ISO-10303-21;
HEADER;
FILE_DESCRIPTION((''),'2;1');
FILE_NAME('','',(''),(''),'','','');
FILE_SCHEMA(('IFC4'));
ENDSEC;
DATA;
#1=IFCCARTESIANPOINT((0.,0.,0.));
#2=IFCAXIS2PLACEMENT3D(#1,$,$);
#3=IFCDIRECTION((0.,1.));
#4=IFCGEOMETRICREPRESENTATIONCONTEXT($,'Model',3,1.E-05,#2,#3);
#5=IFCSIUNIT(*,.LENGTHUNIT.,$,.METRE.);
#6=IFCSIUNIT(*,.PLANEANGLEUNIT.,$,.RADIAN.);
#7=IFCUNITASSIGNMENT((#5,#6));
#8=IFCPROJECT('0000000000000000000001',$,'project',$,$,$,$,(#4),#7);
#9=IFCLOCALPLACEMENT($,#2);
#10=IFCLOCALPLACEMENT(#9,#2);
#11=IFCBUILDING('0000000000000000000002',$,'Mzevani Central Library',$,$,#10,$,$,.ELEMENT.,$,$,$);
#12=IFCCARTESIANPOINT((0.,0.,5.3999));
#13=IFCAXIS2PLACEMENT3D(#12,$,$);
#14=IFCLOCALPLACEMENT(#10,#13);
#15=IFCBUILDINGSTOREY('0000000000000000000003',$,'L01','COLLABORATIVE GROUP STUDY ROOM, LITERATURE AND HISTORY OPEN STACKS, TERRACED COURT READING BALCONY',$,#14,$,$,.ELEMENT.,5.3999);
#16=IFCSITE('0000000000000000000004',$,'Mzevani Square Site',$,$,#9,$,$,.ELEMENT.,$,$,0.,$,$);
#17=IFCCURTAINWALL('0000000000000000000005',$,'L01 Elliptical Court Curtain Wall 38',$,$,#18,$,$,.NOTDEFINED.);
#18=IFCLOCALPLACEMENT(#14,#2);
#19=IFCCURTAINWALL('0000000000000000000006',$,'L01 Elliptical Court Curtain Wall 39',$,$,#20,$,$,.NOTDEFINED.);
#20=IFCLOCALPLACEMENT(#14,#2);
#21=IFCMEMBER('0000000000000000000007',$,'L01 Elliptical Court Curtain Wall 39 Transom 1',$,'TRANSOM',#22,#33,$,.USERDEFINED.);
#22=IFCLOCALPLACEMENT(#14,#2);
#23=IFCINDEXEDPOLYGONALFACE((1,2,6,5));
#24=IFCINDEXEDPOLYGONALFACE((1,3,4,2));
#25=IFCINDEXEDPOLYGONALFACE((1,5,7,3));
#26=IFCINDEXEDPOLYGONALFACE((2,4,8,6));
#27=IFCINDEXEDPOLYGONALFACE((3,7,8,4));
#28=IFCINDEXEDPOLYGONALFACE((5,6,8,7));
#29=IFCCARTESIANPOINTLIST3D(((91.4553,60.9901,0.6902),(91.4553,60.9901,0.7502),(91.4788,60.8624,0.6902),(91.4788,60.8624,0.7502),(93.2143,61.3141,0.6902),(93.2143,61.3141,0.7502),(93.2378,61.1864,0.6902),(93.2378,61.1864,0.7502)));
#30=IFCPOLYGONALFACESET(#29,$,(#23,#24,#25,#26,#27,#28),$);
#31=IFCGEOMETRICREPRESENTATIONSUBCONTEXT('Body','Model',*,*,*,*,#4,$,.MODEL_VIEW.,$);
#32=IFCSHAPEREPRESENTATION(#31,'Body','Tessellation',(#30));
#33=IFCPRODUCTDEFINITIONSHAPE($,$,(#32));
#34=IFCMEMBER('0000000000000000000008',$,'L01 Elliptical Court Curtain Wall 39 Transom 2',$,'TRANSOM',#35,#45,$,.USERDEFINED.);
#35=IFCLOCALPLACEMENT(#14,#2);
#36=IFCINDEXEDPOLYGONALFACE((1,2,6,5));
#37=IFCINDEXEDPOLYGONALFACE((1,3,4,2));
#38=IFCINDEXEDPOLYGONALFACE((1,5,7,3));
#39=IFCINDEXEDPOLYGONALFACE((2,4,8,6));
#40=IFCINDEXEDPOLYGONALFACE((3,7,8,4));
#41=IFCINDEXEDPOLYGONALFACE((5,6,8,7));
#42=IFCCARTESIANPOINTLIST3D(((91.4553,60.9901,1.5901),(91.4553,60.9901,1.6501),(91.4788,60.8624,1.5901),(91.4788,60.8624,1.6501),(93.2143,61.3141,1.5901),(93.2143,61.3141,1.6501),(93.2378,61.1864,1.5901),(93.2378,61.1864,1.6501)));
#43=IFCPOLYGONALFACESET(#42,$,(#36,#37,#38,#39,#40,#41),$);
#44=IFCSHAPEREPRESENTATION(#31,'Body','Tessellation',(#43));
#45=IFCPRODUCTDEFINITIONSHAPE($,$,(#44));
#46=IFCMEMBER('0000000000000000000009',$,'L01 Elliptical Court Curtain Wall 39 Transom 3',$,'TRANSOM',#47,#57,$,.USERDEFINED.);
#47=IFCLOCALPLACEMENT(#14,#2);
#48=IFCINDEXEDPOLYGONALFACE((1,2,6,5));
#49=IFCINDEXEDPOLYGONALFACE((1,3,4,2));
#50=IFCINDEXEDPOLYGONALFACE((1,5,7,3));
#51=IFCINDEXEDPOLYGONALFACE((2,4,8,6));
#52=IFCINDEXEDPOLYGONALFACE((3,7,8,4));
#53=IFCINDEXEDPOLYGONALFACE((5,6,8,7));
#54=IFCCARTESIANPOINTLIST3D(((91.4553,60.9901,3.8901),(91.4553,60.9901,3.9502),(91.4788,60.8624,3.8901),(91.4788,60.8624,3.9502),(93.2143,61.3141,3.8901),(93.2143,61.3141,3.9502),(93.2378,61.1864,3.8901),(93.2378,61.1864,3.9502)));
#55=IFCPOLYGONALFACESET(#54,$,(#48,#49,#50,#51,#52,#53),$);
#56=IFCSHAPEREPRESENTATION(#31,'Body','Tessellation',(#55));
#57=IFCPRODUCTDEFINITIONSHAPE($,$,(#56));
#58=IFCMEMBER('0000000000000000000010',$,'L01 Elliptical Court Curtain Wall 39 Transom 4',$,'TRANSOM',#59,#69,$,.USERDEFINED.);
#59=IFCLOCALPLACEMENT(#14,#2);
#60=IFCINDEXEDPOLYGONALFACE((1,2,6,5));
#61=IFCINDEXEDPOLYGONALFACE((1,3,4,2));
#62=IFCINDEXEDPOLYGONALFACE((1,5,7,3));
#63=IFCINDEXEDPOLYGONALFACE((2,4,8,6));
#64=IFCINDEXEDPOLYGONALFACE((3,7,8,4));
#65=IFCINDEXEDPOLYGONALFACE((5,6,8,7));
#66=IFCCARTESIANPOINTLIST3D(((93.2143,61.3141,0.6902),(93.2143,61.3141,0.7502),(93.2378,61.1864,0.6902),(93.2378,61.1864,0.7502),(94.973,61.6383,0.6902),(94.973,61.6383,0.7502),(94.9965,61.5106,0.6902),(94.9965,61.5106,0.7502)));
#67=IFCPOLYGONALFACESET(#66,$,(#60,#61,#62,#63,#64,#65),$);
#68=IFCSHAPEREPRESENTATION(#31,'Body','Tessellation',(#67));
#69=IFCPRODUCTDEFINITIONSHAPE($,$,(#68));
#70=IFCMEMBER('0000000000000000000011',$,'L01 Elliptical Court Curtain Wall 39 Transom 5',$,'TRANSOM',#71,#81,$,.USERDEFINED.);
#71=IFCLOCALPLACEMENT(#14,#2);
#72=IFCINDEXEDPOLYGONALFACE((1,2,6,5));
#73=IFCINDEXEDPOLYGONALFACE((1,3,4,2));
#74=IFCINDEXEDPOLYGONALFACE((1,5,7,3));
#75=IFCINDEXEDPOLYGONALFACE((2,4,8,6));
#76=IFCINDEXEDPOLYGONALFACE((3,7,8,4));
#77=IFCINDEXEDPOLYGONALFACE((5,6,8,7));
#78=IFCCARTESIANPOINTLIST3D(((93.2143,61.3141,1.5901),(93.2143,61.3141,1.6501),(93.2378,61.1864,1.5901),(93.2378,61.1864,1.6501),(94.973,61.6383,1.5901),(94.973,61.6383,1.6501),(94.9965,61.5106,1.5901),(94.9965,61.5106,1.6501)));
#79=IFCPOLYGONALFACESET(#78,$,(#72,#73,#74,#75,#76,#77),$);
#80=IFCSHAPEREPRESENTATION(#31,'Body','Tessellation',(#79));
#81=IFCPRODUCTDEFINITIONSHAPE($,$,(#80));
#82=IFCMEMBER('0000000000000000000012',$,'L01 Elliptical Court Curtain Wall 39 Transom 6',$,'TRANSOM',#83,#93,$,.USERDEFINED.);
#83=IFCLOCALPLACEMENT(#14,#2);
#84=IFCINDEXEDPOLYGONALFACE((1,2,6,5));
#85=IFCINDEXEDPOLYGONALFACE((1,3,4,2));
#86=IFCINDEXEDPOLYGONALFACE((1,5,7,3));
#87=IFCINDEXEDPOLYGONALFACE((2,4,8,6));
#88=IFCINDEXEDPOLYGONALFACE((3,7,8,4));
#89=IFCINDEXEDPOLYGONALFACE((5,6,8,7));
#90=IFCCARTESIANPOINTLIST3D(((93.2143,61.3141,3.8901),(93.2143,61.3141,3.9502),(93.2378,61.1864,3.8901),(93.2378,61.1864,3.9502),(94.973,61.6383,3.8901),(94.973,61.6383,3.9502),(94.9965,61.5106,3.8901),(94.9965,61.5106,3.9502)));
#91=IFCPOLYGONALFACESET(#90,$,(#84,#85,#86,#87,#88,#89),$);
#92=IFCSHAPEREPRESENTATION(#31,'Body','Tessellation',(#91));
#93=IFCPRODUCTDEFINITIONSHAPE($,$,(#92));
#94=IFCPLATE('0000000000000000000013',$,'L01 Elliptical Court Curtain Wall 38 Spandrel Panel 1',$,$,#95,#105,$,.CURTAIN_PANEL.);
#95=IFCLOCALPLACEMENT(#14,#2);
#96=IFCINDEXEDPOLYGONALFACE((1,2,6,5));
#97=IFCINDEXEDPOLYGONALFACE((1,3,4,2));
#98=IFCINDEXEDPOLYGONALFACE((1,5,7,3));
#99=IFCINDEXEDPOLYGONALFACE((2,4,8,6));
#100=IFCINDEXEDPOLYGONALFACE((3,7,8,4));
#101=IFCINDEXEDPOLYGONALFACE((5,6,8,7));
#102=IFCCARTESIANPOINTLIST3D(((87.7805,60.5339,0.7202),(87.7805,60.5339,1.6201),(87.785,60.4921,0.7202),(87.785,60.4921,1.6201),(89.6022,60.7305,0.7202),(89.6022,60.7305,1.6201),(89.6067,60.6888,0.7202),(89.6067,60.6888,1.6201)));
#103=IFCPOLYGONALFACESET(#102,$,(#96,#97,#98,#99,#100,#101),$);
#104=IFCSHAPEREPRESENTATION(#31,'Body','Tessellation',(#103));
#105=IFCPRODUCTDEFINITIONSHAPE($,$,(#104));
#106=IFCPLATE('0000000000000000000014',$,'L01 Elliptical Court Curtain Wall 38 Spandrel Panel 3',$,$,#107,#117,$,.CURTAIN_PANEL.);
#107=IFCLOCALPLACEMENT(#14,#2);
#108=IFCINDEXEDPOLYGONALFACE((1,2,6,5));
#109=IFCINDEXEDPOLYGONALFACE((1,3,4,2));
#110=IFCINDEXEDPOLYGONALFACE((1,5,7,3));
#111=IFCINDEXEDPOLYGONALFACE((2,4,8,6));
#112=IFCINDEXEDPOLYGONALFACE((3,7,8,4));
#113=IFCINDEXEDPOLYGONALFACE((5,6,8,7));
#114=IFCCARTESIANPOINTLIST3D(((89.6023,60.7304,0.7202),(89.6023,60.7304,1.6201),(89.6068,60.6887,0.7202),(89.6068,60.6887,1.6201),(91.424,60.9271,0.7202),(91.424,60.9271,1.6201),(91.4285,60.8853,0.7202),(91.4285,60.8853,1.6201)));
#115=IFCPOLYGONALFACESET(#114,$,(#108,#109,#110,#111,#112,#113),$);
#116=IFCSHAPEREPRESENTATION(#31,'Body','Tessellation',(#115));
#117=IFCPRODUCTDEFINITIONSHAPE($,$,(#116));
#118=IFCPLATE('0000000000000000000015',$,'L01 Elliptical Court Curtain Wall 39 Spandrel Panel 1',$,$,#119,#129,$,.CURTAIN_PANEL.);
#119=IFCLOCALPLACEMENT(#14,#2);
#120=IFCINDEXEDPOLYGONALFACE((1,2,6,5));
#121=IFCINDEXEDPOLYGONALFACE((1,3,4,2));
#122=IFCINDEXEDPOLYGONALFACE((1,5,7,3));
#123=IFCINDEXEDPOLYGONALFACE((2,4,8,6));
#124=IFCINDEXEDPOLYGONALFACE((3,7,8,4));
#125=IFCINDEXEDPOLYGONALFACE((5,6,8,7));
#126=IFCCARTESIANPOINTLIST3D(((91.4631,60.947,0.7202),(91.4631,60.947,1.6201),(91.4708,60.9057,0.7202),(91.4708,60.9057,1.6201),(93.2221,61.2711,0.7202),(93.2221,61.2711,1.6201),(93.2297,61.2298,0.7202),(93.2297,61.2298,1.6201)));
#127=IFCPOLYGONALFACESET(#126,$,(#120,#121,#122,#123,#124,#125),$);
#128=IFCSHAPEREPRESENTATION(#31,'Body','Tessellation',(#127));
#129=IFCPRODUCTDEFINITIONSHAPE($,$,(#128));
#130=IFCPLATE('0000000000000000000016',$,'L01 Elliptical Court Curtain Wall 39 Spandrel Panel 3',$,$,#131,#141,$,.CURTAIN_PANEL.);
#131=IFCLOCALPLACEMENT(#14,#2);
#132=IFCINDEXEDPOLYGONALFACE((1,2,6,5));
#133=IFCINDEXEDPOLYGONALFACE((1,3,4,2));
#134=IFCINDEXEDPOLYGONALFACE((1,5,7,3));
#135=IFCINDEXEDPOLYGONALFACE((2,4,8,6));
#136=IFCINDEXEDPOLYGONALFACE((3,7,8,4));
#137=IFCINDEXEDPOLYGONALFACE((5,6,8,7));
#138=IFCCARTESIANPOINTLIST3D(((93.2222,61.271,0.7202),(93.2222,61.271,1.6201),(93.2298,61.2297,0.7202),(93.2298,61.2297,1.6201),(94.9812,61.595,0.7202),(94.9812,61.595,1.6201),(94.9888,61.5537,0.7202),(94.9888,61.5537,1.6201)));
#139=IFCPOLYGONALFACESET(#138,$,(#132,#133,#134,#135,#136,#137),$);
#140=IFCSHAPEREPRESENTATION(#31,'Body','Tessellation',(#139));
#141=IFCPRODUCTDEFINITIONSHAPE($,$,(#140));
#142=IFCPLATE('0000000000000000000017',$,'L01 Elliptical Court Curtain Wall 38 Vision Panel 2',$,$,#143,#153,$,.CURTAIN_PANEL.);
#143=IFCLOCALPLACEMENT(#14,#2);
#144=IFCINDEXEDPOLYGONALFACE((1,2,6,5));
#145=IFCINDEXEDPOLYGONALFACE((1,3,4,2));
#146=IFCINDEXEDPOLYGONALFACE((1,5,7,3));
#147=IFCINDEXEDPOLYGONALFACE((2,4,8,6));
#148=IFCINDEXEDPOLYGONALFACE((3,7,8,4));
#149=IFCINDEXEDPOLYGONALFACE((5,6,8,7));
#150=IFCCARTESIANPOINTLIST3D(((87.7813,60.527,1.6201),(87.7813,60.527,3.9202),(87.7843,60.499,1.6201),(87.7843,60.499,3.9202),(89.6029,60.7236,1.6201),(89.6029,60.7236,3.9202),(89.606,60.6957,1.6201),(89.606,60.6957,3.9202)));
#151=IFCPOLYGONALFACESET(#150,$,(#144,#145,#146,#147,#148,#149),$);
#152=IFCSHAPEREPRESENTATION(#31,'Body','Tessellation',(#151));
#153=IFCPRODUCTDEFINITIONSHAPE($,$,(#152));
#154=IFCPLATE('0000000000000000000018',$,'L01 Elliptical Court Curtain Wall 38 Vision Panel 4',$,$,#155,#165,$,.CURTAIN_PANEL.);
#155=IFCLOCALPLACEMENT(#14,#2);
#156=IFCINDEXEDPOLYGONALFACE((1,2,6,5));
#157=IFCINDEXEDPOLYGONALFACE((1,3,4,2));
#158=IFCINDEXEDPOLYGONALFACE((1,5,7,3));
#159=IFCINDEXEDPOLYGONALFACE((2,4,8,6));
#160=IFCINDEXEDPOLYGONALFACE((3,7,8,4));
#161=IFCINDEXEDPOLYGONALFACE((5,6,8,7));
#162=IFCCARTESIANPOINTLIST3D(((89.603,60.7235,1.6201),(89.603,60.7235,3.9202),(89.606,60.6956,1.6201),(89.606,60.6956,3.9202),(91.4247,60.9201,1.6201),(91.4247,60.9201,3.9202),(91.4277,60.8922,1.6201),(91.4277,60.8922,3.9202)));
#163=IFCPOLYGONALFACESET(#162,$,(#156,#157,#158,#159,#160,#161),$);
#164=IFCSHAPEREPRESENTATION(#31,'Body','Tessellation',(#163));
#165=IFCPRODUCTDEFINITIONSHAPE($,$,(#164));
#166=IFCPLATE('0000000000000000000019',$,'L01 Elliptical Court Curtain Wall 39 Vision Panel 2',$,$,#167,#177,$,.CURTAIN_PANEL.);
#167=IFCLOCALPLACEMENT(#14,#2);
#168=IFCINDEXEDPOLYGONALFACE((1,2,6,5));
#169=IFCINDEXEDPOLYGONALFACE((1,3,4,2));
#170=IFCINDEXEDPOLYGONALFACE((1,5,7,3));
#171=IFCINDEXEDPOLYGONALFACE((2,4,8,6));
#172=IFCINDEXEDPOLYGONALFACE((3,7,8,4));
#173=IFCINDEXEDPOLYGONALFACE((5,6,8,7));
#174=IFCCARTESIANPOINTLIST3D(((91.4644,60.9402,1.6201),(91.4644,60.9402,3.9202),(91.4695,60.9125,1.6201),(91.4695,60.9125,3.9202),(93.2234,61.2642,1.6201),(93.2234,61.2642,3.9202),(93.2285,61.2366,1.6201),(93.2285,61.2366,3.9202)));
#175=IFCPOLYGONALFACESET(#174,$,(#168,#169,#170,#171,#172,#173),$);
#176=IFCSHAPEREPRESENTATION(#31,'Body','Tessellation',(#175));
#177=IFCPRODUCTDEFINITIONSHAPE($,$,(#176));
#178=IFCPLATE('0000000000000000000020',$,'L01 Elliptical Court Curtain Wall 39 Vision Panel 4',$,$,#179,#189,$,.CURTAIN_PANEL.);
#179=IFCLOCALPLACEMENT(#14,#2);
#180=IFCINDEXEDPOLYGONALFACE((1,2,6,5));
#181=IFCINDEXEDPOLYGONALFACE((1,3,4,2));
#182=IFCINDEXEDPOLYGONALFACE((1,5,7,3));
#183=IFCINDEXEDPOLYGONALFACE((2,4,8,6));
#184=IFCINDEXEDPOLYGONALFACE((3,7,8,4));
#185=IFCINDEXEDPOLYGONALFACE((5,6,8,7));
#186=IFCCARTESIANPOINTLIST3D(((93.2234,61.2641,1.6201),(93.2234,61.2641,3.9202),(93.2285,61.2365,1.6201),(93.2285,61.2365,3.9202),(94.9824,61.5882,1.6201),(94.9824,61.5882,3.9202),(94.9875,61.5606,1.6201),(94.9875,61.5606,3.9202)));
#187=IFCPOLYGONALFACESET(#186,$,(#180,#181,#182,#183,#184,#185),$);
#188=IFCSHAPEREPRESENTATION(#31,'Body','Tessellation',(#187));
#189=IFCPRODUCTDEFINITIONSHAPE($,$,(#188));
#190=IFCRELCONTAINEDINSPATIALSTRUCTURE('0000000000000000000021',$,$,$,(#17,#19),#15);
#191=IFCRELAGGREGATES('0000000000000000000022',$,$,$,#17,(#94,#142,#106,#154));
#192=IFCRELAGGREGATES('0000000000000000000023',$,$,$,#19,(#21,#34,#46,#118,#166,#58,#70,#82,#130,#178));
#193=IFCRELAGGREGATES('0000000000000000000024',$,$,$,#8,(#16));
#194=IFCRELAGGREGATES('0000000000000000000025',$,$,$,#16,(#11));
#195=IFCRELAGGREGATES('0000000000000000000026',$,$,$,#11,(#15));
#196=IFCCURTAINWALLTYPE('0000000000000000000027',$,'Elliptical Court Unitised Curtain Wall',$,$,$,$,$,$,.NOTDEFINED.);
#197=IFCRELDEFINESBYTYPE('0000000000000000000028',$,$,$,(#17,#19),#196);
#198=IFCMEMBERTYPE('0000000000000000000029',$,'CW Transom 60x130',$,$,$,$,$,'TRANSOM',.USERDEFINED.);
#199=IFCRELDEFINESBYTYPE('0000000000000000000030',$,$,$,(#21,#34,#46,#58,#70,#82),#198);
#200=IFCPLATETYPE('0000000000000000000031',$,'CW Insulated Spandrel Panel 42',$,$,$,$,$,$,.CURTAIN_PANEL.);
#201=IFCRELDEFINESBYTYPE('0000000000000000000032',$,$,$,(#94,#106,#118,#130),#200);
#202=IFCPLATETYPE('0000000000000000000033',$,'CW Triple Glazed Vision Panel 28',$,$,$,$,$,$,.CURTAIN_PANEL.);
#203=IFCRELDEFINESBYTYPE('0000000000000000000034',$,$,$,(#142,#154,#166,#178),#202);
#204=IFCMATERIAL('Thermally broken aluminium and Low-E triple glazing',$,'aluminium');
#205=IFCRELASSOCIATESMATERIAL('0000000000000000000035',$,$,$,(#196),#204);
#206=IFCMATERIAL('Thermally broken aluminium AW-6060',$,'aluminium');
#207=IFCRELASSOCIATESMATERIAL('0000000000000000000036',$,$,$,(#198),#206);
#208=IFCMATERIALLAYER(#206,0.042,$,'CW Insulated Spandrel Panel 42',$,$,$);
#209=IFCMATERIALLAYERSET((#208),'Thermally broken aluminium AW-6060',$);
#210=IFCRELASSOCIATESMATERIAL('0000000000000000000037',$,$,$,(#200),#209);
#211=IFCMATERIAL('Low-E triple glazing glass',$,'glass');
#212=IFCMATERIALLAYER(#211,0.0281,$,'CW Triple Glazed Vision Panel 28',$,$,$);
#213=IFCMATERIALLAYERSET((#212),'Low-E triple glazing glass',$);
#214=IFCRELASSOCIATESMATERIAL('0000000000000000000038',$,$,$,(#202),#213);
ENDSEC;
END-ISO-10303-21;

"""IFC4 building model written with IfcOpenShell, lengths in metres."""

from ifc_helpers import new_model, si_unit, direction, frame, origin, origin_2d, place, context, subcontext, project, spatial, rectangle, extrude, material, layer, layer_set, material_profile, profile_set, type_object, element, aggregate, save


model = new_model("IFC4")

# Units and contexts
model_context = context("Model", 3, precision=1e-05, world=origin(), true_north=direction((0.0, 1.0)))
body_context = subcontext(model_context, "Body", "Model", "MODEL_VIEW")
ifc_project = project(units=[si_unit("LENGTHUNIT", "METRE"), si_unit("PLANEANGLEUNIT", "RADIAN")], contexts=[model_context])

# Site, building, storey
site_placement = place(None, origin())
site = spatial("IfcSite", under=ifc_project, at=site_placement, Name="Mzevani Square Site", CompositionType="ELEMENT", RefElevation=0.0)
building_placement = place(site_placement, origin())
building = spatial("IfcBuilding", under=site, at=building_placement, Name="Mzevani Central Library", CompositionType="ELEMENT")
storey_placement = place(building_placement, frame((0.0, 0.0, 5.3999)))
storey = spatial("IfcBuildingStorey", under=building, at=storey_placement, Name="L01", Description="COLLABORATIVE GROUP STUDY ROOM, LITERATURE AND HISTORY OPEN STACKS, TERRACED COURT READING BALCONY", CompositionType="ELEMENT", Elevation=5.3999)

# Curtain walls
ifc_material_1 = material(Name="Thermally broken aluminium and Low-E triple glazing", Category="aluminium")
curtain_wall_type_1 = type_object("IfcCurtainWallType", Name="Elliptical Court Unitised Curtain Wall", PredefinedType="NOTDEFINED", material=ifc_material_1)
curtain_wall_1_placement = place(storey_placement, origin())
curtain_wall_1 = element("IfcCurtainWall", 1, at=curtain_wall_1_placement, inside=storey, type_object=curtain_wall_type_1, Name="L01 Elliptical Court Curtain Wall 38", PredefinedType="NOTDEFINED")
ifc_material_2 = material(Name="Thermally broken aluminium AW-6060", Category="aluminium")
curtain_wall_2_placement = place(storey_placement, origin())
curtain_wall_2 = element("IfcCurtainWall", 2, at=curtain_wall_2_placement, inside=storey, type_object=curtain_wall_type_1, Name="L01 Elliptical Court Curtain Wall 39", PredefinedType="NOTDEFINED")

# Members
ifc_material_profile_1 = material_profile(ifc_material_2, rectangle(XDim=0.1299, YDim=0.0601, at=origin_2d()), Name="ALU T60x130")
ifc_profile_set_1 = profile_set([ifc_material_profile_1], Name="Thermally broken aluminium AW-6060")
member_type_1 = type_object("IfcMemberType", Name="CW Transom 60x130", ElementType="TRANSOM", PredefinedType="USERDEFINED", material=ifc_profile_set_1)
member_1_placement = place(storey_placement, frame((91.467, 60.9263, 0.7202), z_axis=(0.983459, 0.181131, 0.0), x_axis=(-0.181131, 0.983459, 0.0)))
member_1 = element("IfcMember", 3, at=member_1_placement, type_object=member_type_1, Name="L01 Elliptical Court Curtain Wall 39 Transom 1", ObjectType="TRANSOM", PredefinedType="USERDEFINED", context=body_context, shape_type="SweptSolid", body=[
    extrude(rectangle(XDim=0.1299, YDim=0.0601, at=origin_2d()), origin(), (0.0, 0.0, 1.0), 1.7886),
])
member_2_placement = place(storey_placement, frame((91.467, 60.9263, 1.6201), z_axis=(0.983459, 0.181131, 0.0), x_axis=(-0.181131, 0.983459, 0.0)))
member_2 = element("IfcMember", 4, at=member_2_placement, type_object=member_type_1, Name="L01 Elliptical Court Curtain Wall 39 Transom 2", ObjectType="TRANSOM", PredefinedType="USERDEFINED", context=body_context, shape_type="SweptSolid", body=[
    extrude(rectangle(XDim=0.1299, YDim=0.0601, at=origin_2d()), origin(), (0.0, 0.0, 1.0), 1.7886),
])
member_3_placement = place(storey_placement, frame((91.467, 60.9263, 3.9202), z_axis=(0.983459, 0.181131, 0.0), x_axis=(-0.181131, 0.983459, 0.0)))
member_3 = element("IfcMember", 5, at=member_3_placement, type_object=member_type_1, Name="L01 Elliptical Court Curtain Wall 39 Transom 3", ObjectType="TRANSOM", PredefinedType="USERDEFINED", context=body_context, shape_type="SweptSolid", body=[
    extrude(rectangle(XDim=0.1299, YDim=0.0601, at=origin_2d()), origin(), (0.0, 0.0, 1.0), 1.7886),
])
member_4_placement = place(storey_placement, frame((93.2261, 61.2502, 0.7202), z_axis=(0.98343, 0.181288, 0.0), x_axis=(-0.181288, 0.98343, 0.0)))
member_4 = element("IfcMember", 6, at=member_4_placement, type_object=member_type_1, Name="L01 Elliptical Court Curtain Wall 39 Transom 4", ObjectType="TRANSOM", PredefinedType="USERDEFINED", context=body_context, shape_type="SweptSolid", body=[
    extrude(rectangle(XDim=0.1299, YDim=0.0601, at=origin_2d()), origin(), (0.0, 0.0, 1.0), 1.7883),
])
member_5_placement = place(storey_placement, frame((93.2261, 61.2502, 1.6201), z_axis=(0.98343, 0.181288, 0.0), x_axis=(-0.181288, 0.98343, 0.0)))
member_5 = element("IfcMember", 7, at=member_5_placement, type_object=member_type_1, Name="L01 Elliptical Court Curtain Wall 39 Transom 5", ObjectType="TRANSOM", PredefinedType="USERDEFINED", context=body_context, shape_type="SweptSolid", body=[
    extrude(rectangle(XDim=0.1299, YDim=0.0601, at=origin_2d()), origin(), (0.0, 0.0, 1.0), 1.7883),
])
member_6_placement = place(storey_placement, frame((93.2261, 61.2502, 3.9202), z_axis=(0.98343, 0.181288, 0.0), x_axis=(-0.181288, 0.98343, 0.0)))
member_6 = element("IfcMember", 8, at=member_6_placement, type_object=member_type_1, Name="L01 Elliptical Court Curtain Wall 39 Transom 6", ObjectType="TRANSOM", PredefinedType="USERDEFINED", context=body_context, shape_type="SweptSolid", body=[
    extrude(rectangle(XDim=0.1299, YDim=0.0601, at=origin_2d()), origin(), (0.0, 0.0, 1.0), 1.7883),
])

# Plates
ifc_layer_1 = layer(ifc_material_2, 0.042, Name="CW Insulated Spandrel Panel 42")
ifc_layer_set_1 = layer_set([ifc_layer_1], Name="Thermally broken aluminium AW-6060")
plate_type_1 = type_object("IfcPlateType", Name="CW Insulated Spandrel Panel 42", PredefinedType="CURTAIN_PANEL", material=ifc_layer_set_1)
plate_1_placement = place(storey_placement, frame((88.6936, 60.6113, 0.7202), z_axis=(0.0, 0.0, 1.0), x_axis=(0.994224, 0.107323, 0.0)))
plate_1 = element("IfcPlate", 9, at=plate_1_placement, type_object=plate_type_1, Name="L01 Elliptical Court Curtain Wall 38 Spandrel Panel 1", PredefinedType="CURTAIN_PANEL", context=body_context, shape_type="SweptSolid", body=[
    extrude(rectangle(XDim=1.8323, YDim=0.042, at=origin_2d()), origin(), (0.0, 0.0, 1.0), 0.8999),
])
plate_2_placement = place(storey_placement, frame((90.5154, 60.8079, 0.7202), z_axis=(0.0, 0.0, 1.0), x_axis=(0.994224, 0.107323, 0.0)))
plate_2 = element("IfcPlate", 10, at=plate_2_placement, type_object=plate_type_1, Name="L01 Elliptical Court Curtain Wall 38 Spandrel Panel 3", PredefinedType="CURTAIN_PANEL", context=body_context, shape_type="SweptSolid", body=[
    extrude(rectangle(XDim=1.8323, YDim=0.042, at=origin_2d()), origin(), (0.0, 0.0, 1.0), 0.8999),
])
plate_3_placement = place(storey_placement, frame((92.3464, 61.0884, 0.7202), z_axis=(0.0, 0.0, 1.0), x_axis=(0.983449, 0.181185, 0.0)))
plate_3 = element("IfcPlate", 11, at=plate_3_placement, type_object=plate_type_1, Name="L01 Elliptical Court Curtain Wall 39 Spandrel Panel 1", PredefinedType="CURTAIN_PANEL", context=body_context, shape_type="SweptSolid", body=[
    extrude(rectangle(XDim=1.7886, YDim=0.042, at=origin_2d()), origin(), (0.0, 0.0, 1.0), 0.8999),
])
plate_4_placement = place(storey_placement, frame((94.1055, 61.4124, 0.7202), z_axis=(0.0, 0.0, 1.0), x_axis=(0.983449, 0.181185, 0.0)))
plate_4 = element("IfcPlate", 12, at=plate_4_placement, type_object=plate_type_1, Name="L01 Elliptical Court Curtain Wall 39 Spandrel Panel 3", PredefinedType="CURTAIN_PANEL", context=body_context, shape_type="SweptSolid", body=[
    extrude(rectangle(XDim=1.7886, YDim=0.042, at=origin_2d()), origin(), (0.0, 0.0, 1.0), 0.8999),
])
ifc_material_3 = material(Name="Low-E triple glazing glass", Category="glass")
ifc_layer_2 = layer(ifc_material_3, 0.0281, Name="CW Triple Glazed Vision Panel 28")
ifc_layer_set_2 = layer_set([ifc_layer_2], Name="Low-E triple glazing glass")
plate_type_2 = type_object("IfcPlateType", Name="CW Triple Glazed Vision Panel 28", PredefinedType="CURTAIN_PANEL", material=ifc_layer_set_2)
plate_5_placement = place(storey_placement, frame((88.6936, 60.6113, 1.6201), z_axis=(0.0, 0.0, 1.0), x_axis=(0.994224, 0.107323, 0.0)))
plate_5 = element("IfcPlate", 13, at=plate_5_placement, type_object=plate_type_2, Name="L01 Elliptical Court Curtain Wall 38 Vision Panel 2", PredefinedType="CURTAIN_PANEL", context=body_context, shape_type="SweptSolid", body=[
    extrude(rectangle(XDim=1.8323, YDim=0.0281, at=origin_2d()), origin(), (0.0, 0.0, 1.0), 2.3),
])
plate_6_placement = place(storey_placement, frame((90.5154, 60.8079, 1.6201), z_axis=(0.0, 0.0, 1.0), x_axis=(0.994224, 0.107323, 0.0)))
plate_6 = element("IfcPlate", 14, at=plate_6_placement, type_object=plate_type_2, Name="L01 Elliptical Court Curtain Wall 38 Vision Panel 4", PredefinedType="CURTAIN_PANEL", context=body_context, shape_type="SweptSolid", body=[
    extrude(rectangle(XDim=1.8323, YDim=0.0281, at=origin_2d()), origin(), (0.0, 0.0, 1.0), 2.3),
])
aggregate(curtain_wall_1, [plate_1, plate_5, plate_2, plate_6])
plate_7_placement = place(storey_placement, frame((92.3464, 61.0884, 1.6201), z_axis=(0.0, 0.0, 1.0), x_axis=(0.983449, 0.181185, 0.0)))
plate_7 = element("IfcPlate", 15, at=plate_7_placement, type_object=plate_type_2, Name="L01 Elliptical Court Curtain Wall 39 Vision Panel 2", PredefinedType="CURTAIN_PANEL", context=body_context, shape_type="SweptSolid", body=[
    extrude(rectangle(XDim=1.7886, YDim=0.0281, at=origin_2d()), origin(), (0.0, 0.0, 1.0), 2.3),
])
plate_8_placement = place(storey_placement, frame((94.1055, 61.4124, 1.6201), z_axis=(0.0, 0.0, 1.0), x_axis=(0.983449, 0.181185, 0.0)))
plate_8 = element("IfcPlate", 16, at=plate_8_placement, type_object=plate_type_2, Name="L01 Elliptical Court Curtain Wall 39 Vision Panel 4", PredefinedType="CURTAIN_PANEL", context=body_context, shape_type="SweptSolid", body=[
    extrude(rectangle(XDim=1.7886, YDim=0.0281, at=origin_2d()), origin(), (0.0, 0.0, 1.0), 2.3),
])
aggregate(curtain_wall_2, [member_1, member_2, member_3, plate_3, plate_7, member_4, member_5, member_6, plate_4, plate_8])

save(model, "model.ifc")
